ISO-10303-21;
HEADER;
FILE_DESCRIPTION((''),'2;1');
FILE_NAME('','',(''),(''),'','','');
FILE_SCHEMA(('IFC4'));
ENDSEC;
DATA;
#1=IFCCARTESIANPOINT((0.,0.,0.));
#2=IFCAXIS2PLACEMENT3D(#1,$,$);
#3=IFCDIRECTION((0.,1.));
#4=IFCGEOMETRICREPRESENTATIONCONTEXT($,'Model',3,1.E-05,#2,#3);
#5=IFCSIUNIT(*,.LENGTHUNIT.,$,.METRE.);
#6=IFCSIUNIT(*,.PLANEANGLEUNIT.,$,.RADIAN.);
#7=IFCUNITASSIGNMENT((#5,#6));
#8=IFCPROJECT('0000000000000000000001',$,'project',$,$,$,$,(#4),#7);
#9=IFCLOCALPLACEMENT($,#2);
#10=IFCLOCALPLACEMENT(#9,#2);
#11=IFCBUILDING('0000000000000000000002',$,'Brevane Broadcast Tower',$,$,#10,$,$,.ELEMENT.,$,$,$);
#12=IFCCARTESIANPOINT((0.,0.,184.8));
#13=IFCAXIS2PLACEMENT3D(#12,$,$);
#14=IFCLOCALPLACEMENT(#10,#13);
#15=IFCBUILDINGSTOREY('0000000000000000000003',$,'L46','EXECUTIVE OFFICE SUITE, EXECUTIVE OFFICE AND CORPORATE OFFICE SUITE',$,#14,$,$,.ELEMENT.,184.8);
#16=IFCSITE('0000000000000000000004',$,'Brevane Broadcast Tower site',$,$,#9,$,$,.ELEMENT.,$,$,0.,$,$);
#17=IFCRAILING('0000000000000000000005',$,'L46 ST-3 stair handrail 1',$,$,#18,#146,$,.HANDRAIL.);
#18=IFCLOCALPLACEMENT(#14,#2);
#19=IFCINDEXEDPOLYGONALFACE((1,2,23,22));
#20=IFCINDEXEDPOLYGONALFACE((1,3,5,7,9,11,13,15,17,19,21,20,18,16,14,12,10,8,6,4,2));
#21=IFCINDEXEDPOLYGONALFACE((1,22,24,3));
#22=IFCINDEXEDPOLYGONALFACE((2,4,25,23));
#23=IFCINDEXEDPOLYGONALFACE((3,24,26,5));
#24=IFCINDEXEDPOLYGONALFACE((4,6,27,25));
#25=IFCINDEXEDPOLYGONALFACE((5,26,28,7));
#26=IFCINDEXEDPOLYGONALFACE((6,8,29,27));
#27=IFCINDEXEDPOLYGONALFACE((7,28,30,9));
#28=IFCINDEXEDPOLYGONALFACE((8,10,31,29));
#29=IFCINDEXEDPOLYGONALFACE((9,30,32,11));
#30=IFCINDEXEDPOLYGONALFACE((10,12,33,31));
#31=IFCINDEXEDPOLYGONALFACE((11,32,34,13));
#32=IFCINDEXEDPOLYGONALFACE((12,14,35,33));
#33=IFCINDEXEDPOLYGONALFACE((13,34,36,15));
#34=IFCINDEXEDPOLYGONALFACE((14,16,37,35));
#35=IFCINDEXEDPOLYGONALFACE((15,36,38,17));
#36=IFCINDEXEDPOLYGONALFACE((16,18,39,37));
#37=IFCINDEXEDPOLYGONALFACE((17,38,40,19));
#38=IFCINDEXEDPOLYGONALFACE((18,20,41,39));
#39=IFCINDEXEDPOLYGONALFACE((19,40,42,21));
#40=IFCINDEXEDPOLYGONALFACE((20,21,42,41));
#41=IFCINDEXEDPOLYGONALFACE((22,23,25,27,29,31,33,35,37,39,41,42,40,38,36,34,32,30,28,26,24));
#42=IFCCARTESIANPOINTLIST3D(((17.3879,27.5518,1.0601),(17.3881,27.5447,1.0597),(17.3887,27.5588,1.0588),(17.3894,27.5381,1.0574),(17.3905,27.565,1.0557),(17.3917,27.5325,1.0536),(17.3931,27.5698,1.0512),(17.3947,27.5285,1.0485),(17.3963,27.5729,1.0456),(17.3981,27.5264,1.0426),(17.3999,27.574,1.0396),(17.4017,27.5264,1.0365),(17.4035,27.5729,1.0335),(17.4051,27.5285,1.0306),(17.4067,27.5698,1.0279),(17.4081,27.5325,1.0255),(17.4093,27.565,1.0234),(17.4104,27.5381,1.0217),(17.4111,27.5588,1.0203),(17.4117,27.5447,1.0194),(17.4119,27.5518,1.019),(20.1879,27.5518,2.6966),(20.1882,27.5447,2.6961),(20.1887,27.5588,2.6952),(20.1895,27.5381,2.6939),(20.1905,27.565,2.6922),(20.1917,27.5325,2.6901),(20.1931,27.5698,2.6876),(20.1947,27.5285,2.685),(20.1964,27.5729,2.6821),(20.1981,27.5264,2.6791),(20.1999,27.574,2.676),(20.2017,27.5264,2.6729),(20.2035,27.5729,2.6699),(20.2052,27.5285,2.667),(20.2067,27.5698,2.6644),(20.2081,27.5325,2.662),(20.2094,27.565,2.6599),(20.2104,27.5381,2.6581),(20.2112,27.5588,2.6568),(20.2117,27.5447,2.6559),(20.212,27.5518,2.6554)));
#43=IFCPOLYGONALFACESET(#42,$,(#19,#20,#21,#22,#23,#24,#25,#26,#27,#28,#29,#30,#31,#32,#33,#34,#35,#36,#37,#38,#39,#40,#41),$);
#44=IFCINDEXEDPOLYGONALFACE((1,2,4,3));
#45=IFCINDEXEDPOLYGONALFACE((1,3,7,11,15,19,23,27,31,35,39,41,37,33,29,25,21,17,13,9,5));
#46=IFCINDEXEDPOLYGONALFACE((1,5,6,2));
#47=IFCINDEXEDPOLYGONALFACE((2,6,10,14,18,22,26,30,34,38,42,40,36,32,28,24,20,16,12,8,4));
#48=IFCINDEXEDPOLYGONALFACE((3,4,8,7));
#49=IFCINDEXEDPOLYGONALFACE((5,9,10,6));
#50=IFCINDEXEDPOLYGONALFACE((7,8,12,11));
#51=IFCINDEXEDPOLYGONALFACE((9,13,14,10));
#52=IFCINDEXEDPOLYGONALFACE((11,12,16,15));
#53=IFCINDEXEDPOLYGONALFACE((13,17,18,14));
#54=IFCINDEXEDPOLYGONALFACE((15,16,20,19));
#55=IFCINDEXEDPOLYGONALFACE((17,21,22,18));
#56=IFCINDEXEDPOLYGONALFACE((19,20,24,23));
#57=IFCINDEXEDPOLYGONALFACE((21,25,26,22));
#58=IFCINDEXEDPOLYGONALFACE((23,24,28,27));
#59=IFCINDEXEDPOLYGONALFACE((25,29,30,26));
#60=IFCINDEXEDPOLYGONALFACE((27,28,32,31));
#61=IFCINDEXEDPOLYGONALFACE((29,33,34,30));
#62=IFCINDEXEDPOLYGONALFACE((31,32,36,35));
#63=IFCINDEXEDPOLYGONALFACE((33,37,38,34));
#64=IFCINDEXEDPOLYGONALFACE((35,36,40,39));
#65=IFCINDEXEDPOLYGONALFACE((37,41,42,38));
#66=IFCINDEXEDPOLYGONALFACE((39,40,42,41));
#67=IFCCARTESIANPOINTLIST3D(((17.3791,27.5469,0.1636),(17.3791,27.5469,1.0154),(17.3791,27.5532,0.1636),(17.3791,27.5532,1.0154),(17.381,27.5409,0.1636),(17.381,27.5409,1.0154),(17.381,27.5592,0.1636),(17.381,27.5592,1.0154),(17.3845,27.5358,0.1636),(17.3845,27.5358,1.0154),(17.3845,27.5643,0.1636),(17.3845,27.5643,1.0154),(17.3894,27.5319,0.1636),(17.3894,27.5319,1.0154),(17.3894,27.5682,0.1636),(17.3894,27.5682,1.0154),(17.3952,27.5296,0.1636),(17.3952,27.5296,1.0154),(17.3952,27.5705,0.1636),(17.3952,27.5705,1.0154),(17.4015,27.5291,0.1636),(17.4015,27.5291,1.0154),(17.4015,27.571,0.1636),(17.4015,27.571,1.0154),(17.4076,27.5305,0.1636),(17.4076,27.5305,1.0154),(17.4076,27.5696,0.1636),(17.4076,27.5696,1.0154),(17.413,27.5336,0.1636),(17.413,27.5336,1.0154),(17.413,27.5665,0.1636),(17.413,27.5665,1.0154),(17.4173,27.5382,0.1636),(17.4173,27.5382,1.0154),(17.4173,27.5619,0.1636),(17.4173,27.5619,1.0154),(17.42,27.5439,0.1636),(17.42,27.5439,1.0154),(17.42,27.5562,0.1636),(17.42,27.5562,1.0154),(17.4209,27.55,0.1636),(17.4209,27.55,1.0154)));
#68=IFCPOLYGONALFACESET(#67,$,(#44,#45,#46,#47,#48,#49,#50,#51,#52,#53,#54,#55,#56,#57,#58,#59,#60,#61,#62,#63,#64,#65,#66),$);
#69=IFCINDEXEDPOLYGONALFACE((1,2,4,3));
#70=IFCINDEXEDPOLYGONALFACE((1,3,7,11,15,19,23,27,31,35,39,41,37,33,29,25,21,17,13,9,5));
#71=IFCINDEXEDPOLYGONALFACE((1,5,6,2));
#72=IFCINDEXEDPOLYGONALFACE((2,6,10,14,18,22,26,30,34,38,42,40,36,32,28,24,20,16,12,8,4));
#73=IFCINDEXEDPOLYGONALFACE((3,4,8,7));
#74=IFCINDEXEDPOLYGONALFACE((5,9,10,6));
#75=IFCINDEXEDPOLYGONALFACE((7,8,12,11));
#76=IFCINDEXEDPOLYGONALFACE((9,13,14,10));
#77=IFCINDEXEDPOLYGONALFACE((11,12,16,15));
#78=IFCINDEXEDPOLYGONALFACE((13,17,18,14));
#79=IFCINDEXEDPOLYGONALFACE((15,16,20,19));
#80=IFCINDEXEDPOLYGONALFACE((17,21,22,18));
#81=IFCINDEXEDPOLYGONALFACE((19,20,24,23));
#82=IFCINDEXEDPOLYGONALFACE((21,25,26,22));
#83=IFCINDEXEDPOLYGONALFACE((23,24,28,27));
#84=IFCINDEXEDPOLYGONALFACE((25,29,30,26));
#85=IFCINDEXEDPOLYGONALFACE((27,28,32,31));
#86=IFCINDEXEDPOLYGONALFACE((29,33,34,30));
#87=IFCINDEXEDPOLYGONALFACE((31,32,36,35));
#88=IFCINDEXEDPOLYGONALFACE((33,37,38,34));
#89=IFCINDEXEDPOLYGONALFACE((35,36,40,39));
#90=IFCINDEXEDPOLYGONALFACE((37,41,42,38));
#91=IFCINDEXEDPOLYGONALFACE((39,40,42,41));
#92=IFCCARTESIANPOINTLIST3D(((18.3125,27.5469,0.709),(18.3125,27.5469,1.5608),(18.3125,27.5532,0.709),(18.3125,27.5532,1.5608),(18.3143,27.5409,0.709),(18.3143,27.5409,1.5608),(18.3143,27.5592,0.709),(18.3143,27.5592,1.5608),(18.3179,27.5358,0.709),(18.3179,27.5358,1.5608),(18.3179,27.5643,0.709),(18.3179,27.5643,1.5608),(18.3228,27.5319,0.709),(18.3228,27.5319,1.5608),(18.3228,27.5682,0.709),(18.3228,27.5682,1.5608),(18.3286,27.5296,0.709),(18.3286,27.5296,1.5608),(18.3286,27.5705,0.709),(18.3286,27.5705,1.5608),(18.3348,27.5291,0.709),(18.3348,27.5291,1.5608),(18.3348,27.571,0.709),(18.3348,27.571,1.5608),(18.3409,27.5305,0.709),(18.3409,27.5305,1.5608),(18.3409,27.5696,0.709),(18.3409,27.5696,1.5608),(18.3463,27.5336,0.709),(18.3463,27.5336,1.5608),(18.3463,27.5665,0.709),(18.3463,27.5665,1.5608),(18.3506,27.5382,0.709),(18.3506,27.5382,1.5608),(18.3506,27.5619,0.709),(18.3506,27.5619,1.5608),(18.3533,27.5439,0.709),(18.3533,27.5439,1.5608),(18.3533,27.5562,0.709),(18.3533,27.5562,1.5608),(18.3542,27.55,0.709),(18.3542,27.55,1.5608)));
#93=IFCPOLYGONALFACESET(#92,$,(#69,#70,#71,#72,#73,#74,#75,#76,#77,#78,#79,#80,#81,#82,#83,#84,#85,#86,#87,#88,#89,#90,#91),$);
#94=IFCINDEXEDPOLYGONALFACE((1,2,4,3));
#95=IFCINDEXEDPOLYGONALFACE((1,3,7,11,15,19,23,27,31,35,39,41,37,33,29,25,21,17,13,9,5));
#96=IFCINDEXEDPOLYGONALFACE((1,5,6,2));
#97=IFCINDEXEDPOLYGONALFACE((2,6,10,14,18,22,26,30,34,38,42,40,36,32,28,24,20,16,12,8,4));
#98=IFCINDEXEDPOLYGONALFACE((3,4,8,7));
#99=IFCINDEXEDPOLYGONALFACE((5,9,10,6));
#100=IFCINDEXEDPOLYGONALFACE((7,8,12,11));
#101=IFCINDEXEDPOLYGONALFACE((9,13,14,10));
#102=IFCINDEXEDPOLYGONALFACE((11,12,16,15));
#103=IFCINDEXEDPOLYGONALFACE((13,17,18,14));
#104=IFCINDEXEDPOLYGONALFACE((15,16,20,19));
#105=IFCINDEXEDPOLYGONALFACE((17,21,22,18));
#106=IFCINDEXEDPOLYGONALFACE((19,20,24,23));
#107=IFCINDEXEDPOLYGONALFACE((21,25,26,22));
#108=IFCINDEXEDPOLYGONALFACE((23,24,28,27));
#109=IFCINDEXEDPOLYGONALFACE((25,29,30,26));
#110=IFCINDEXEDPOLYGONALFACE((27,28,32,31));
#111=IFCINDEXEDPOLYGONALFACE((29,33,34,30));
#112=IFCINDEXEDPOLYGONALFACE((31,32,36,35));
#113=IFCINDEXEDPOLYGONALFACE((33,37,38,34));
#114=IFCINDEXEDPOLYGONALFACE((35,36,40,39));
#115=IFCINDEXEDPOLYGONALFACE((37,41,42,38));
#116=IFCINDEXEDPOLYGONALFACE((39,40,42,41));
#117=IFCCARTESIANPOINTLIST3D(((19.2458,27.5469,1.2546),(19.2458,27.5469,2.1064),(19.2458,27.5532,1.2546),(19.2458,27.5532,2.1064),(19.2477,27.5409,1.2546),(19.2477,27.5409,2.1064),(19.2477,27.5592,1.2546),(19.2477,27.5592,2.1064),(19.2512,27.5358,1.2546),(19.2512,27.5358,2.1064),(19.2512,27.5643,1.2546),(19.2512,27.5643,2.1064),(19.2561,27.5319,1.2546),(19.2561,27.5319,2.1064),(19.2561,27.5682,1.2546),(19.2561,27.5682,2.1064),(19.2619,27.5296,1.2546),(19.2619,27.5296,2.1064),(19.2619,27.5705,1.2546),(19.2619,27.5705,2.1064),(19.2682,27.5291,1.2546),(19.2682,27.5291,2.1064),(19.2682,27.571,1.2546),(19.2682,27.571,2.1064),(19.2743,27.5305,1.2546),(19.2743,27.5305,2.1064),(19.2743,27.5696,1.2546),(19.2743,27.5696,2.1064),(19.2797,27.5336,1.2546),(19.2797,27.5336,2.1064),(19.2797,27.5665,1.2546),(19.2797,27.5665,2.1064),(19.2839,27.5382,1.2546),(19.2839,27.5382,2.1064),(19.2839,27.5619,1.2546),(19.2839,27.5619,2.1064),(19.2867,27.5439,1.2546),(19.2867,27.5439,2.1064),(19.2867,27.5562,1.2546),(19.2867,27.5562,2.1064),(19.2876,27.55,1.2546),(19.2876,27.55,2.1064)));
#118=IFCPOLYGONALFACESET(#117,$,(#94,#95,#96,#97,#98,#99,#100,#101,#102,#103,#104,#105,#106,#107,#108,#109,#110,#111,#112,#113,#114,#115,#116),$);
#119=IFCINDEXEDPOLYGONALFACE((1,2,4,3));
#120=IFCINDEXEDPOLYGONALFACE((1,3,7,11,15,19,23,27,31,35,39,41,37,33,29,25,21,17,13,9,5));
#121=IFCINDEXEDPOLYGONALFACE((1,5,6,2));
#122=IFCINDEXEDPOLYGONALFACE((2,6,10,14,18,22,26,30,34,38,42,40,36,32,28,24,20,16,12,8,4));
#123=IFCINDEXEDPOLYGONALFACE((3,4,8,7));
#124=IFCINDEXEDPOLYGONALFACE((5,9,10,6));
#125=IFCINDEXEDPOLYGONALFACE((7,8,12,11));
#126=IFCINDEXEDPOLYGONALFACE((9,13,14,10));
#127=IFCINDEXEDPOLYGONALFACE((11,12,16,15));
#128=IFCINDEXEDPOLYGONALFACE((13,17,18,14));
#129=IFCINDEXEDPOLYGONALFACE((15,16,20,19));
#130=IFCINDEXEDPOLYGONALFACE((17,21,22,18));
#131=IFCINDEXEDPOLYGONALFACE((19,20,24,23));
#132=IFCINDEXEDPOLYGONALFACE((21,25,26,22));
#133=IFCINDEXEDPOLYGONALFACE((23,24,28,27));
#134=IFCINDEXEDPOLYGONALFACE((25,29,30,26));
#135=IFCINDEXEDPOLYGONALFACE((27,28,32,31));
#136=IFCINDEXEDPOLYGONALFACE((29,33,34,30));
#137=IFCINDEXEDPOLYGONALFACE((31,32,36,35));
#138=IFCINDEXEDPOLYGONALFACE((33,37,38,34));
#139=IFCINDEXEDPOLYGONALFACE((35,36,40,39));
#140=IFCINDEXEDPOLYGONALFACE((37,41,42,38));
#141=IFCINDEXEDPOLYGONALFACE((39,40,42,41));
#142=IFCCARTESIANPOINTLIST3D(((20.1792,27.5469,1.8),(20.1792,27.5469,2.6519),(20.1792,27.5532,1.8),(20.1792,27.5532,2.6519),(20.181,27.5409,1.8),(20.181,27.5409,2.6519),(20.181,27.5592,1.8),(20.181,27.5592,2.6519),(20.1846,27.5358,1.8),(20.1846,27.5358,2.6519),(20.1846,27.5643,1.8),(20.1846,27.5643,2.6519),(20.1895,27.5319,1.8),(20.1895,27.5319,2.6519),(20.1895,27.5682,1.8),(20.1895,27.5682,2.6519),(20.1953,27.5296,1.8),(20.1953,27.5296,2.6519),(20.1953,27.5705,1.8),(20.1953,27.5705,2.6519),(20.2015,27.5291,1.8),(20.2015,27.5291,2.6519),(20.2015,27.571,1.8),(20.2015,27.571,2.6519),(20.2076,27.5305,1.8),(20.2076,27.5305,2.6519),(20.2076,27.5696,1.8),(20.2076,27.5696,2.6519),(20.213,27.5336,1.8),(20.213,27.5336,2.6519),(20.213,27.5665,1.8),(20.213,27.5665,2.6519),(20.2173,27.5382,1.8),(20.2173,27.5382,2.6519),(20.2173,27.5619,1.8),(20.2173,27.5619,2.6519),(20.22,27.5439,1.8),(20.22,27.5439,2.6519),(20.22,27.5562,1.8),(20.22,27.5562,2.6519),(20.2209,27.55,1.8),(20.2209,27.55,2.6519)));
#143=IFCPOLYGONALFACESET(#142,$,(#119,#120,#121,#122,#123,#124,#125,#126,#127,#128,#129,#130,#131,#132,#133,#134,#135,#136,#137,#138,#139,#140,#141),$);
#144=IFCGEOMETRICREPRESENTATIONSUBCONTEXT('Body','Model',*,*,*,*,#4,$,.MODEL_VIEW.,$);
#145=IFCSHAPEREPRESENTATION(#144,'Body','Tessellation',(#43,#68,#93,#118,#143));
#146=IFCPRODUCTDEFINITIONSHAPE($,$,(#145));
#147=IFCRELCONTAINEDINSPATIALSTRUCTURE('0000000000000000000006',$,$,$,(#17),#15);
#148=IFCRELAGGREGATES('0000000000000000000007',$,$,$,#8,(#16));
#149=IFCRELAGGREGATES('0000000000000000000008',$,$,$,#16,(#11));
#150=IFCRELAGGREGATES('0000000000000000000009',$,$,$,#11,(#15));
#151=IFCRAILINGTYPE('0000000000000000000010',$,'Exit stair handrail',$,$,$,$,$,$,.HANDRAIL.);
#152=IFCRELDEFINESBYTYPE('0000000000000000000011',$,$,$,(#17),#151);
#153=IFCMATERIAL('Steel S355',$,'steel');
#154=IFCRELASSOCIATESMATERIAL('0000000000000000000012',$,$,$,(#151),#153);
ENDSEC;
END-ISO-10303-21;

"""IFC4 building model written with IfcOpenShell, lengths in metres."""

from ifc_helpers import new_model, si_unit, direction, frame, origin, origin_2d, place, context, subcontext, project, spatial, circle, extrude, material, type_object, element, save


model = new_model("IFC4")

# Units and contexts
model_context = context("Model", 3, precision=1e-05, world=origin(), true_north=direction((0.0, 1.0)))
body_context = subcontext(model_context, "Body", "Model", "MODEL_VIEW")
ifc_project = project(units=[si_unit("LENGTHUNIT", "METRE"), si_unit("PLANEANGLEUNIT", "RADIAN")], contexts=[model_context])

# Site, building, storey
site_placement = place(None, origin())
site = spatial("IfcSite", under=ifc_project, at=site_placement, Name="Brevane Broadcast Tower site", CompositionType="ELEMENT", RefElevation=0.0)
building_placement = place(site_placement, origin())
building = spatial("IfcBuilding", under=site, at=building_placement, Name="Brevane Broadcast Tower", CompositionType="ELEMENT")
storey_placement = place(building_placement, frame((0.0, 0.0, 184.8)))
storey = spatial("IfcBuildingStorey", under=building, at=storey_placement, Name="L46", Description="EXECUTIVE OFFICE SUITE, EXECUTIVE OFFICE AND CORPORATE OFFICE SUITE", CompositionType="ELEMENT", Elevation=184.8)

# Railing
ifc_material_1 = material(Name="Steel S355", Category="steel")
railing_type = type_object("IfcRailingType", Name="Exit stair handrail", PredefinedType="HANDRAIL", material=ifc_material_1)
railing_placement = place(storey_placement, frame((17.3999, 27.55, 0.1636)))
element("IfcRailing", 1, at=railing_placement, inside=storey, type_object=railing_type, Name="L46 ST-3 stair handrail 1", PredefinedType="HANDRAIL", context=body_context, shape_type="SweptSolid", body=[
    extrude(circle(Radius=0.0239, at=origin_2d()), frame((0.0, 0.0, 0.876), z_axis=(0.863361, 0.0, 0.504587), x_axis=(0.0, 1.0, 0.0)), (0.0, 0.0, 1.0), 3.2432),
    extrude(circle(Radius=0.021, at=origin_2d()), origin(), (0.0, 0.0, 1.0), 0.8518),
    extrude(circle(Radius=0.021, at=origin_2d()), frame((0.9333, 0.0, 0.5454)), (0.0, 0.0, 1.0), 0.8518),
    extrude(circle(Radius=0.021, at=origin_2d()), frame((1.8667, 0.0, 1.0911)), (0.0, 0.0, 1.0), 0.8518),
    extrude(circle(Radius=0.021, at=origin_2d()), frame((2.8, 0.0, 1.6365)), (0.0, 0.0, 1.0), 0.8518),
])

save(model, "model.ifc")
